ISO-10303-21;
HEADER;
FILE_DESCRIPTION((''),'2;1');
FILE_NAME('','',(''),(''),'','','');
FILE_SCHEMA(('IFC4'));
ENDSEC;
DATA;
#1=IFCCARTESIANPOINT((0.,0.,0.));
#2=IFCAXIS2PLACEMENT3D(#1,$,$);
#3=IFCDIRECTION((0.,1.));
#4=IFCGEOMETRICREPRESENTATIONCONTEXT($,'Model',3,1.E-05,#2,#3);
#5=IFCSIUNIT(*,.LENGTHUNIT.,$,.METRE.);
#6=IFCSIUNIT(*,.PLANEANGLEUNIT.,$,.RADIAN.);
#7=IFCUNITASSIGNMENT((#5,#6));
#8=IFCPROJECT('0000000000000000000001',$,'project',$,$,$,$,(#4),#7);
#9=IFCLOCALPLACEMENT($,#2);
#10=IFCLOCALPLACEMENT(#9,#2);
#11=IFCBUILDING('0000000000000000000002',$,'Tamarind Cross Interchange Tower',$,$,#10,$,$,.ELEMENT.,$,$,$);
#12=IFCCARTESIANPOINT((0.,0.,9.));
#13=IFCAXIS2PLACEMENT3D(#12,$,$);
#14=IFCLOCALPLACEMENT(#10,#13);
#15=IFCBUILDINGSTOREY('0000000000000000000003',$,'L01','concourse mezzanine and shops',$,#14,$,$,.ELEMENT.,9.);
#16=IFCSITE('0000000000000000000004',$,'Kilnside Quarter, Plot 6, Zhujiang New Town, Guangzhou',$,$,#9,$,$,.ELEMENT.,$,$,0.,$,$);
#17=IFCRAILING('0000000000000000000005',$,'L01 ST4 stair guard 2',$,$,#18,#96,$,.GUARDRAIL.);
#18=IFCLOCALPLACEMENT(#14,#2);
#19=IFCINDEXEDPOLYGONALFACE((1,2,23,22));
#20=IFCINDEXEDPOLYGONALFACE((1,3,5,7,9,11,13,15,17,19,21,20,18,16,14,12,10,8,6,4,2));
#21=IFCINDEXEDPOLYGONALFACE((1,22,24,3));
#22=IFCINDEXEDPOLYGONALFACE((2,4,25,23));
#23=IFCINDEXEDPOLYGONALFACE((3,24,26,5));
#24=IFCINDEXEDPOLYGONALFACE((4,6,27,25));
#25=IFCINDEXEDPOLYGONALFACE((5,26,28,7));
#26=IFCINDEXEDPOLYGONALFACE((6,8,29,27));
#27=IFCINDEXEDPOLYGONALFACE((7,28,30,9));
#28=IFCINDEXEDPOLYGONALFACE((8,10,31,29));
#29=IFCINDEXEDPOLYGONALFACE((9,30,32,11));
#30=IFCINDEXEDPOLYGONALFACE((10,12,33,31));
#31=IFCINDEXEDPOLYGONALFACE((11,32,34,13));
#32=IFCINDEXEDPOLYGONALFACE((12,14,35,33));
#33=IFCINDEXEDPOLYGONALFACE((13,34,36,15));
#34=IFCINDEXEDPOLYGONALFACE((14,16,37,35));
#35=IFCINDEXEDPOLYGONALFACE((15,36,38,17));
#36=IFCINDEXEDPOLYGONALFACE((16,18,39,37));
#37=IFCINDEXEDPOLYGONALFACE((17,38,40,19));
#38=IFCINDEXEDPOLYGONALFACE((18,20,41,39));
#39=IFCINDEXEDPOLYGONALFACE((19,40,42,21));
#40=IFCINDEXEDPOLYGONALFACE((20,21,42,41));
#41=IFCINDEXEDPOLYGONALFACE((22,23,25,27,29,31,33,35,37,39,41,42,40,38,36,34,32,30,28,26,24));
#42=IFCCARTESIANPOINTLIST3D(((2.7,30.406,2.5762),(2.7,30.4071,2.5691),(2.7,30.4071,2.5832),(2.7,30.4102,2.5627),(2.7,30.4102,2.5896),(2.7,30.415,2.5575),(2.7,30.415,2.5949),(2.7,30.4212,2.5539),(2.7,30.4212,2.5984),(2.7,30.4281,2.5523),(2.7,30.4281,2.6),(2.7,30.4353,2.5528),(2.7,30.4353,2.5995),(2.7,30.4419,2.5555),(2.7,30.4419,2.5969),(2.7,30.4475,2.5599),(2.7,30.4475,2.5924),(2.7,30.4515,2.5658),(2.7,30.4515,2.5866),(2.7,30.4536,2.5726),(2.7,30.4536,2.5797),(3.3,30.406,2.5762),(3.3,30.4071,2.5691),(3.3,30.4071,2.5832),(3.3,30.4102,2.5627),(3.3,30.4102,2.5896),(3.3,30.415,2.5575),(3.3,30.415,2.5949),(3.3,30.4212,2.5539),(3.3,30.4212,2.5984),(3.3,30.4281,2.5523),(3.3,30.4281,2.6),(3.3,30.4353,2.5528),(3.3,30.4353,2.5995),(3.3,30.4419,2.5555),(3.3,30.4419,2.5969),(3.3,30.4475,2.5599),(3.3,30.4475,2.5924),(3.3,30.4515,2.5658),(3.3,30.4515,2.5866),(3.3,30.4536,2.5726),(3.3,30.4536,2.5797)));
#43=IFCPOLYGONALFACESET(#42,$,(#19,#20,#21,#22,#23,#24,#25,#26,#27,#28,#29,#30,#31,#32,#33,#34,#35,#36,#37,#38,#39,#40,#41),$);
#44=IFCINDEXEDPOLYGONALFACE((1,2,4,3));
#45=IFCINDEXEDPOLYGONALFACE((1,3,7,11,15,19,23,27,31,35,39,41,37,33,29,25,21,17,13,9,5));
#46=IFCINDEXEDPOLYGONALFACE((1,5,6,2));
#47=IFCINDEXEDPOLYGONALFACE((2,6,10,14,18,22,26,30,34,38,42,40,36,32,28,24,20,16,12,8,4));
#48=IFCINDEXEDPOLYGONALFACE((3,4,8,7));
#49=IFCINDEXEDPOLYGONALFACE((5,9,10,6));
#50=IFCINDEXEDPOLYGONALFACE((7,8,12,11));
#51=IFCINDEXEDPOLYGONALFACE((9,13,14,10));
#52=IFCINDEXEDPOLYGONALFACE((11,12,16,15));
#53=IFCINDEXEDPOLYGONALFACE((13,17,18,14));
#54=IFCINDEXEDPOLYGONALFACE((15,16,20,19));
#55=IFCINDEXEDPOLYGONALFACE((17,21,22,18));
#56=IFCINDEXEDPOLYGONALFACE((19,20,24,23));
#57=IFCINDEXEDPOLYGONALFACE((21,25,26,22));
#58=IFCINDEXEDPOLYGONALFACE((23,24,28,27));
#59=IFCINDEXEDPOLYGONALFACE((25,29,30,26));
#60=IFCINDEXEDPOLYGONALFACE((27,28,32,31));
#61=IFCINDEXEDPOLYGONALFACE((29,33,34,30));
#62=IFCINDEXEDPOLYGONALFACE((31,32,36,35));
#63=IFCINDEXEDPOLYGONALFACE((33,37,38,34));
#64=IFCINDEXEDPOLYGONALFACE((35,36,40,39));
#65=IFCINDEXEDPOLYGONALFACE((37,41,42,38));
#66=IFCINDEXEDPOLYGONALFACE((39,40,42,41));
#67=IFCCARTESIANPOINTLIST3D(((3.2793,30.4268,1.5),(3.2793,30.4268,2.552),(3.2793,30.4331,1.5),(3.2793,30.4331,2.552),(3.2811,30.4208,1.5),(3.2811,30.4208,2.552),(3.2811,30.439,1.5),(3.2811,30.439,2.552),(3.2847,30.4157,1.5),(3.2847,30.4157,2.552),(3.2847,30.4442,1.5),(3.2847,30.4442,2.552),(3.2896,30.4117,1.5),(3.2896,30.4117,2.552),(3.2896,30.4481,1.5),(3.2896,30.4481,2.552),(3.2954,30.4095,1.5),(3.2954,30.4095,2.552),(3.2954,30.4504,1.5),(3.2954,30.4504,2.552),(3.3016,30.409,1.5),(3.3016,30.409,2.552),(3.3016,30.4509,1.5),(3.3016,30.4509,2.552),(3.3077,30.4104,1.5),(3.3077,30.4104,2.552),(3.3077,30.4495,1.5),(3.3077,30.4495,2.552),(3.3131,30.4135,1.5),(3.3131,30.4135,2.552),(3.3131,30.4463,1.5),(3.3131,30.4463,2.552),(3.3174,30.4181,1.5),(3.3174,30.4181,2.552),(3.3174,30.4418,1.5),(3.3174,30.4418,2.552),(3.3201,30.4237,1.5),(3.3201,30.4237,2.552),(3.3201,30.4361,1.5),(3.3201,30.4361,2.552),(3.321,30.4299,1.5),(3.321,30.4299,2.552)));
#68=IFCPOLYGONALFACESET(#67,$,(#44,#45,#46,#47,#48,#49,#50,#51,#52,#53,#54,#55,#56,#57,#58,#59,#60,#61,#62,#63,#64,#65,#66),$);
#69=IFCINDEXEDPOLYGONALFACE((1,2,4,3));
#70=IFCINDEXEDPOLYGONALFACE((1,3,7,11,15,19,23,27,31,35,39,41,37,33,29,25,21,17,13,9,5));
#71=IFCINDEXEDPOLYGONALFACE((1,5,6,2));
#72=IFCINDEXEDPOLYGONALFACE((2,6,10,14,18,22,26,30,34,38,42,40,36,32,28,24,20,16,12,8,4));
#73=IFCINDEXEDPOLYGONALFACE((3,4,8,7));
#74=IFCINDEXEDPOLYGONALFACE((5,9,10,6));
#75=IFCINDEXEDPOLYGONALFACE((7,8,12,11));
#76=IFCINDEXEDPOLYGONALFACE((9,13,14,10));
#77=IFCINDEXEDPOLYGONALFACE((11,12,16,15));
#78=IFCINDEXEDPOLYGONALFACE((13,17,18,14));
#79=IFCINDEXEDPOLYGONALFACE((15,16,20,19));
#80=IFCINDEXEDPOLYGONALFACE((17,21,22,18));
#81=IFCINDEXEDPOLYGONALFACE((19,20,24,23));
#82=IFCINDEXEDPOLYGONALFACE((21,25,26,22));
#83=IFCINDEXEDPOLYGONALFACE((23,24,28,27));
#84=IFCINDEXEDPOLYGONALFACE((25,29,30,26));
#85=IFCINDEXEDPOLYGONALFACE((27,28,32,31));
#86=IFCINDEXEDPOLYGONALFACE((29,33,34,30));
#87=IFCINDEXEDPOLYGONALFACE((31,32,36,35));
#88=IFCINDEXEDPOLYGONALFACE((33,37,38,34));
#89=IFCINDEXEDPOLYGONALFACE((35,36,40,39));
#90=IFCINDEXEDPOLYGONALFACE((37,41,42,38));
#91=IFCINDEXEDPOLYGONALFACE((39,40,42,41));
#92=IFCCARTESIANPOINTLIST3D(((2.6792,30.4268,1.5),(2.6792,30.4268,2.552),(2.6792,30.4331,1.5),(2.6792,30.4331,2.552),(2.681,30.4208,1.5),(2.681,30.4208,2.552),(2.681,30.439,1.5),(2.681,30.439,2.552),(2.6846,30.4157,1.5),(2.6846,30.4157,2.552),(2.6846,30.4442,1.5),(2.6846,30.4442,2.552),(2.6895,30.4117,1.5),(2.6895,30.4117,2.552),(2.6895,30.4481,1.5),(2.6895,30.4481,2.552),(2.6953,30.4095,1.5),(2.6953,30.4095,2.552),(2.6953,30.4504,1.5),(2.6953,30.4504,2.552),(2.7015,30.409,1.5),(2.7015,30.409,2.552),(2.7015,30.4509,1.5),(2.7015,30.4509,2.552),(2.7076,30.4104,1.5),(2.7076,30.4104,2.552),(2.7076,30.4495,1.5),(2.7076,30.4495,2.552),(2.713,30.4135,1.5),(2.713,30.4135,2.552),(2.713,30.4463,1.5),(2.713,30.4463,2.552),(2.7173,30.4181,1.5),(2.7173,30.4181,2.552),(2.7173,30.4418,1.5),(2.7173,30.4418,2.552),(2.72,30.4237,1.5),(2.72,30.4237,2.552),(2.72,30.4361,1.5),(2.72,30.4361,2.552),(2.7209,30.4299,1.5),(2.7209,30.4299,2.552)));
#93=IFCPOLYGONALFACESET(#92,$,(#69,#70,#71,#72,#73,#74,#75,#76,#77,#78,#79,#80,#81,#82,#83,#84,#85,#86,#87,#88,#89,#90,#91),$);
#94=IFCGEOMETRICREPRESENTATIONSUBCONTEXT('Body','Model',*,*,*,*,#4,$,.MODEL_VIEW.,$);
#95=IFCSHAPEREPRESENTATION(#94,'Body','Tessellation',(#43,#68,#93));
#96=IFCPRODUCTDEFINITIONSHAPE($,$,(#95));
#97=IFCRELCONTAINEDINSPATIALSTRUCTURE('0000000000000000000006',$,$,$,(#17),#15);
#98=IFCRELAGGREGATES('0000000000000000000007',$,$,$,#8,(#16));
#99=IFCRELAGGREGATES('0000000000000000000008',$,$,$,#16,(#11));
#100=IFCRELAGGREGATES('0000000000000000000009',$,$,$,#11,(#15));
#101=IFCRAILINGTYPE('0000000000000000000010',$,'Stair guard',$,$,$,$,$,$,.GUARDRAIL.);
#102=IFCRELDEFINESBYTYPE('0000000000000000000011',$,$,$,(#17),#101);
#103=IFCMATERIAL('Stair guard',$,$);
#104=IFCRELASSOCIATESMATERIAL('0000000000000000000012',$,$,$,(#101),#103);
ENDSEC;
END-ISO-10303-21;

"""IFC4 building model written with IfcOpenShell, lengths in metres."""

from ifc_helpers import new_model, si_unit, direction, frame, origin, origin_2d, place, context, subcontext, project, spatial, circle, extrude, material, type_object, element, save


model = new_model("IFC4")

# Units and contexts
model_context = context("Model", 3, precision=1e-05, world=origin(), true_north=direction((0.0, 1.0)))
body_context = subcontext(model_context, "Body", "Model", "MODEL_VIEW")
ifc_project = project(units=[si_unit("LENGTHUNIT", "METRE"), si_unit("PLANEANGLEUNIT", "RADIAN")], contexts=[model_context])

# Site, building, storey
site_placement = place(None, origin())
site = spatial("IfcSite", under=ifc_project, at=site_placement, Name="Kilnside Quarter, Plot 6, Zhujiang New Town, Guangzhou", CompositionType="ELEMENT", RefElevation=0.0)
building_placement = place(site_placement, origin())
building = spatial("IfcBuilding", under=site, at=building_placement, Name="Tamarind Cross Interchange Tower", CompositionType="ELEMENT")
storey_placement = place(building_placement, frame((0.0, 0.0, 9.0)))
storey = spatial("IfcBuildingStorey", under=building, at=storey_placement, Name="L01", Description="concourse mezzanine and shops", CompositionType="ELEMENT", Elevation=9.0)

# Railing
ifc_material_1 = material(Name="Stair guard")
railing_type_1 = type_object("IfcRailingType", Name="Stair guard", PredefinedType="GUARDRAIL", material=ifc_material_1)
railing_1_placement = place(storey_placement, frame((3.3, 30.4299, 1.5)))
element("IfcRailing", 1, at=railing_1_placement, inside=storey, type_object=railing_type_1, Name="L01 ST4 stair guard 2", PredefinedType="GUARDRAIL", context=body_context, shape_type="SweptSolid", body=[
    extrude(circle(Radius=0.0239, at=origin_2d()), frame((0.0, 0.0, 1.0762), z_axis=(-1.0, 0.0, 0.0), x_axis=(0.0, -1.0, 0.0)), (0.0, 0.0, 1.0), 0.6001),
    extrude(circle(Radius=0.021, at=origin_2d()), origin(), (0.0, 0.0, 1.0), 1.052),
    extrude(circle(Radius=0.021, at=origin_2d()), frame((-0.6001, 0.0, 0.0)), (0.0, 0.0, 1.0), 1.052),
])

save(model, "model.ifc")
